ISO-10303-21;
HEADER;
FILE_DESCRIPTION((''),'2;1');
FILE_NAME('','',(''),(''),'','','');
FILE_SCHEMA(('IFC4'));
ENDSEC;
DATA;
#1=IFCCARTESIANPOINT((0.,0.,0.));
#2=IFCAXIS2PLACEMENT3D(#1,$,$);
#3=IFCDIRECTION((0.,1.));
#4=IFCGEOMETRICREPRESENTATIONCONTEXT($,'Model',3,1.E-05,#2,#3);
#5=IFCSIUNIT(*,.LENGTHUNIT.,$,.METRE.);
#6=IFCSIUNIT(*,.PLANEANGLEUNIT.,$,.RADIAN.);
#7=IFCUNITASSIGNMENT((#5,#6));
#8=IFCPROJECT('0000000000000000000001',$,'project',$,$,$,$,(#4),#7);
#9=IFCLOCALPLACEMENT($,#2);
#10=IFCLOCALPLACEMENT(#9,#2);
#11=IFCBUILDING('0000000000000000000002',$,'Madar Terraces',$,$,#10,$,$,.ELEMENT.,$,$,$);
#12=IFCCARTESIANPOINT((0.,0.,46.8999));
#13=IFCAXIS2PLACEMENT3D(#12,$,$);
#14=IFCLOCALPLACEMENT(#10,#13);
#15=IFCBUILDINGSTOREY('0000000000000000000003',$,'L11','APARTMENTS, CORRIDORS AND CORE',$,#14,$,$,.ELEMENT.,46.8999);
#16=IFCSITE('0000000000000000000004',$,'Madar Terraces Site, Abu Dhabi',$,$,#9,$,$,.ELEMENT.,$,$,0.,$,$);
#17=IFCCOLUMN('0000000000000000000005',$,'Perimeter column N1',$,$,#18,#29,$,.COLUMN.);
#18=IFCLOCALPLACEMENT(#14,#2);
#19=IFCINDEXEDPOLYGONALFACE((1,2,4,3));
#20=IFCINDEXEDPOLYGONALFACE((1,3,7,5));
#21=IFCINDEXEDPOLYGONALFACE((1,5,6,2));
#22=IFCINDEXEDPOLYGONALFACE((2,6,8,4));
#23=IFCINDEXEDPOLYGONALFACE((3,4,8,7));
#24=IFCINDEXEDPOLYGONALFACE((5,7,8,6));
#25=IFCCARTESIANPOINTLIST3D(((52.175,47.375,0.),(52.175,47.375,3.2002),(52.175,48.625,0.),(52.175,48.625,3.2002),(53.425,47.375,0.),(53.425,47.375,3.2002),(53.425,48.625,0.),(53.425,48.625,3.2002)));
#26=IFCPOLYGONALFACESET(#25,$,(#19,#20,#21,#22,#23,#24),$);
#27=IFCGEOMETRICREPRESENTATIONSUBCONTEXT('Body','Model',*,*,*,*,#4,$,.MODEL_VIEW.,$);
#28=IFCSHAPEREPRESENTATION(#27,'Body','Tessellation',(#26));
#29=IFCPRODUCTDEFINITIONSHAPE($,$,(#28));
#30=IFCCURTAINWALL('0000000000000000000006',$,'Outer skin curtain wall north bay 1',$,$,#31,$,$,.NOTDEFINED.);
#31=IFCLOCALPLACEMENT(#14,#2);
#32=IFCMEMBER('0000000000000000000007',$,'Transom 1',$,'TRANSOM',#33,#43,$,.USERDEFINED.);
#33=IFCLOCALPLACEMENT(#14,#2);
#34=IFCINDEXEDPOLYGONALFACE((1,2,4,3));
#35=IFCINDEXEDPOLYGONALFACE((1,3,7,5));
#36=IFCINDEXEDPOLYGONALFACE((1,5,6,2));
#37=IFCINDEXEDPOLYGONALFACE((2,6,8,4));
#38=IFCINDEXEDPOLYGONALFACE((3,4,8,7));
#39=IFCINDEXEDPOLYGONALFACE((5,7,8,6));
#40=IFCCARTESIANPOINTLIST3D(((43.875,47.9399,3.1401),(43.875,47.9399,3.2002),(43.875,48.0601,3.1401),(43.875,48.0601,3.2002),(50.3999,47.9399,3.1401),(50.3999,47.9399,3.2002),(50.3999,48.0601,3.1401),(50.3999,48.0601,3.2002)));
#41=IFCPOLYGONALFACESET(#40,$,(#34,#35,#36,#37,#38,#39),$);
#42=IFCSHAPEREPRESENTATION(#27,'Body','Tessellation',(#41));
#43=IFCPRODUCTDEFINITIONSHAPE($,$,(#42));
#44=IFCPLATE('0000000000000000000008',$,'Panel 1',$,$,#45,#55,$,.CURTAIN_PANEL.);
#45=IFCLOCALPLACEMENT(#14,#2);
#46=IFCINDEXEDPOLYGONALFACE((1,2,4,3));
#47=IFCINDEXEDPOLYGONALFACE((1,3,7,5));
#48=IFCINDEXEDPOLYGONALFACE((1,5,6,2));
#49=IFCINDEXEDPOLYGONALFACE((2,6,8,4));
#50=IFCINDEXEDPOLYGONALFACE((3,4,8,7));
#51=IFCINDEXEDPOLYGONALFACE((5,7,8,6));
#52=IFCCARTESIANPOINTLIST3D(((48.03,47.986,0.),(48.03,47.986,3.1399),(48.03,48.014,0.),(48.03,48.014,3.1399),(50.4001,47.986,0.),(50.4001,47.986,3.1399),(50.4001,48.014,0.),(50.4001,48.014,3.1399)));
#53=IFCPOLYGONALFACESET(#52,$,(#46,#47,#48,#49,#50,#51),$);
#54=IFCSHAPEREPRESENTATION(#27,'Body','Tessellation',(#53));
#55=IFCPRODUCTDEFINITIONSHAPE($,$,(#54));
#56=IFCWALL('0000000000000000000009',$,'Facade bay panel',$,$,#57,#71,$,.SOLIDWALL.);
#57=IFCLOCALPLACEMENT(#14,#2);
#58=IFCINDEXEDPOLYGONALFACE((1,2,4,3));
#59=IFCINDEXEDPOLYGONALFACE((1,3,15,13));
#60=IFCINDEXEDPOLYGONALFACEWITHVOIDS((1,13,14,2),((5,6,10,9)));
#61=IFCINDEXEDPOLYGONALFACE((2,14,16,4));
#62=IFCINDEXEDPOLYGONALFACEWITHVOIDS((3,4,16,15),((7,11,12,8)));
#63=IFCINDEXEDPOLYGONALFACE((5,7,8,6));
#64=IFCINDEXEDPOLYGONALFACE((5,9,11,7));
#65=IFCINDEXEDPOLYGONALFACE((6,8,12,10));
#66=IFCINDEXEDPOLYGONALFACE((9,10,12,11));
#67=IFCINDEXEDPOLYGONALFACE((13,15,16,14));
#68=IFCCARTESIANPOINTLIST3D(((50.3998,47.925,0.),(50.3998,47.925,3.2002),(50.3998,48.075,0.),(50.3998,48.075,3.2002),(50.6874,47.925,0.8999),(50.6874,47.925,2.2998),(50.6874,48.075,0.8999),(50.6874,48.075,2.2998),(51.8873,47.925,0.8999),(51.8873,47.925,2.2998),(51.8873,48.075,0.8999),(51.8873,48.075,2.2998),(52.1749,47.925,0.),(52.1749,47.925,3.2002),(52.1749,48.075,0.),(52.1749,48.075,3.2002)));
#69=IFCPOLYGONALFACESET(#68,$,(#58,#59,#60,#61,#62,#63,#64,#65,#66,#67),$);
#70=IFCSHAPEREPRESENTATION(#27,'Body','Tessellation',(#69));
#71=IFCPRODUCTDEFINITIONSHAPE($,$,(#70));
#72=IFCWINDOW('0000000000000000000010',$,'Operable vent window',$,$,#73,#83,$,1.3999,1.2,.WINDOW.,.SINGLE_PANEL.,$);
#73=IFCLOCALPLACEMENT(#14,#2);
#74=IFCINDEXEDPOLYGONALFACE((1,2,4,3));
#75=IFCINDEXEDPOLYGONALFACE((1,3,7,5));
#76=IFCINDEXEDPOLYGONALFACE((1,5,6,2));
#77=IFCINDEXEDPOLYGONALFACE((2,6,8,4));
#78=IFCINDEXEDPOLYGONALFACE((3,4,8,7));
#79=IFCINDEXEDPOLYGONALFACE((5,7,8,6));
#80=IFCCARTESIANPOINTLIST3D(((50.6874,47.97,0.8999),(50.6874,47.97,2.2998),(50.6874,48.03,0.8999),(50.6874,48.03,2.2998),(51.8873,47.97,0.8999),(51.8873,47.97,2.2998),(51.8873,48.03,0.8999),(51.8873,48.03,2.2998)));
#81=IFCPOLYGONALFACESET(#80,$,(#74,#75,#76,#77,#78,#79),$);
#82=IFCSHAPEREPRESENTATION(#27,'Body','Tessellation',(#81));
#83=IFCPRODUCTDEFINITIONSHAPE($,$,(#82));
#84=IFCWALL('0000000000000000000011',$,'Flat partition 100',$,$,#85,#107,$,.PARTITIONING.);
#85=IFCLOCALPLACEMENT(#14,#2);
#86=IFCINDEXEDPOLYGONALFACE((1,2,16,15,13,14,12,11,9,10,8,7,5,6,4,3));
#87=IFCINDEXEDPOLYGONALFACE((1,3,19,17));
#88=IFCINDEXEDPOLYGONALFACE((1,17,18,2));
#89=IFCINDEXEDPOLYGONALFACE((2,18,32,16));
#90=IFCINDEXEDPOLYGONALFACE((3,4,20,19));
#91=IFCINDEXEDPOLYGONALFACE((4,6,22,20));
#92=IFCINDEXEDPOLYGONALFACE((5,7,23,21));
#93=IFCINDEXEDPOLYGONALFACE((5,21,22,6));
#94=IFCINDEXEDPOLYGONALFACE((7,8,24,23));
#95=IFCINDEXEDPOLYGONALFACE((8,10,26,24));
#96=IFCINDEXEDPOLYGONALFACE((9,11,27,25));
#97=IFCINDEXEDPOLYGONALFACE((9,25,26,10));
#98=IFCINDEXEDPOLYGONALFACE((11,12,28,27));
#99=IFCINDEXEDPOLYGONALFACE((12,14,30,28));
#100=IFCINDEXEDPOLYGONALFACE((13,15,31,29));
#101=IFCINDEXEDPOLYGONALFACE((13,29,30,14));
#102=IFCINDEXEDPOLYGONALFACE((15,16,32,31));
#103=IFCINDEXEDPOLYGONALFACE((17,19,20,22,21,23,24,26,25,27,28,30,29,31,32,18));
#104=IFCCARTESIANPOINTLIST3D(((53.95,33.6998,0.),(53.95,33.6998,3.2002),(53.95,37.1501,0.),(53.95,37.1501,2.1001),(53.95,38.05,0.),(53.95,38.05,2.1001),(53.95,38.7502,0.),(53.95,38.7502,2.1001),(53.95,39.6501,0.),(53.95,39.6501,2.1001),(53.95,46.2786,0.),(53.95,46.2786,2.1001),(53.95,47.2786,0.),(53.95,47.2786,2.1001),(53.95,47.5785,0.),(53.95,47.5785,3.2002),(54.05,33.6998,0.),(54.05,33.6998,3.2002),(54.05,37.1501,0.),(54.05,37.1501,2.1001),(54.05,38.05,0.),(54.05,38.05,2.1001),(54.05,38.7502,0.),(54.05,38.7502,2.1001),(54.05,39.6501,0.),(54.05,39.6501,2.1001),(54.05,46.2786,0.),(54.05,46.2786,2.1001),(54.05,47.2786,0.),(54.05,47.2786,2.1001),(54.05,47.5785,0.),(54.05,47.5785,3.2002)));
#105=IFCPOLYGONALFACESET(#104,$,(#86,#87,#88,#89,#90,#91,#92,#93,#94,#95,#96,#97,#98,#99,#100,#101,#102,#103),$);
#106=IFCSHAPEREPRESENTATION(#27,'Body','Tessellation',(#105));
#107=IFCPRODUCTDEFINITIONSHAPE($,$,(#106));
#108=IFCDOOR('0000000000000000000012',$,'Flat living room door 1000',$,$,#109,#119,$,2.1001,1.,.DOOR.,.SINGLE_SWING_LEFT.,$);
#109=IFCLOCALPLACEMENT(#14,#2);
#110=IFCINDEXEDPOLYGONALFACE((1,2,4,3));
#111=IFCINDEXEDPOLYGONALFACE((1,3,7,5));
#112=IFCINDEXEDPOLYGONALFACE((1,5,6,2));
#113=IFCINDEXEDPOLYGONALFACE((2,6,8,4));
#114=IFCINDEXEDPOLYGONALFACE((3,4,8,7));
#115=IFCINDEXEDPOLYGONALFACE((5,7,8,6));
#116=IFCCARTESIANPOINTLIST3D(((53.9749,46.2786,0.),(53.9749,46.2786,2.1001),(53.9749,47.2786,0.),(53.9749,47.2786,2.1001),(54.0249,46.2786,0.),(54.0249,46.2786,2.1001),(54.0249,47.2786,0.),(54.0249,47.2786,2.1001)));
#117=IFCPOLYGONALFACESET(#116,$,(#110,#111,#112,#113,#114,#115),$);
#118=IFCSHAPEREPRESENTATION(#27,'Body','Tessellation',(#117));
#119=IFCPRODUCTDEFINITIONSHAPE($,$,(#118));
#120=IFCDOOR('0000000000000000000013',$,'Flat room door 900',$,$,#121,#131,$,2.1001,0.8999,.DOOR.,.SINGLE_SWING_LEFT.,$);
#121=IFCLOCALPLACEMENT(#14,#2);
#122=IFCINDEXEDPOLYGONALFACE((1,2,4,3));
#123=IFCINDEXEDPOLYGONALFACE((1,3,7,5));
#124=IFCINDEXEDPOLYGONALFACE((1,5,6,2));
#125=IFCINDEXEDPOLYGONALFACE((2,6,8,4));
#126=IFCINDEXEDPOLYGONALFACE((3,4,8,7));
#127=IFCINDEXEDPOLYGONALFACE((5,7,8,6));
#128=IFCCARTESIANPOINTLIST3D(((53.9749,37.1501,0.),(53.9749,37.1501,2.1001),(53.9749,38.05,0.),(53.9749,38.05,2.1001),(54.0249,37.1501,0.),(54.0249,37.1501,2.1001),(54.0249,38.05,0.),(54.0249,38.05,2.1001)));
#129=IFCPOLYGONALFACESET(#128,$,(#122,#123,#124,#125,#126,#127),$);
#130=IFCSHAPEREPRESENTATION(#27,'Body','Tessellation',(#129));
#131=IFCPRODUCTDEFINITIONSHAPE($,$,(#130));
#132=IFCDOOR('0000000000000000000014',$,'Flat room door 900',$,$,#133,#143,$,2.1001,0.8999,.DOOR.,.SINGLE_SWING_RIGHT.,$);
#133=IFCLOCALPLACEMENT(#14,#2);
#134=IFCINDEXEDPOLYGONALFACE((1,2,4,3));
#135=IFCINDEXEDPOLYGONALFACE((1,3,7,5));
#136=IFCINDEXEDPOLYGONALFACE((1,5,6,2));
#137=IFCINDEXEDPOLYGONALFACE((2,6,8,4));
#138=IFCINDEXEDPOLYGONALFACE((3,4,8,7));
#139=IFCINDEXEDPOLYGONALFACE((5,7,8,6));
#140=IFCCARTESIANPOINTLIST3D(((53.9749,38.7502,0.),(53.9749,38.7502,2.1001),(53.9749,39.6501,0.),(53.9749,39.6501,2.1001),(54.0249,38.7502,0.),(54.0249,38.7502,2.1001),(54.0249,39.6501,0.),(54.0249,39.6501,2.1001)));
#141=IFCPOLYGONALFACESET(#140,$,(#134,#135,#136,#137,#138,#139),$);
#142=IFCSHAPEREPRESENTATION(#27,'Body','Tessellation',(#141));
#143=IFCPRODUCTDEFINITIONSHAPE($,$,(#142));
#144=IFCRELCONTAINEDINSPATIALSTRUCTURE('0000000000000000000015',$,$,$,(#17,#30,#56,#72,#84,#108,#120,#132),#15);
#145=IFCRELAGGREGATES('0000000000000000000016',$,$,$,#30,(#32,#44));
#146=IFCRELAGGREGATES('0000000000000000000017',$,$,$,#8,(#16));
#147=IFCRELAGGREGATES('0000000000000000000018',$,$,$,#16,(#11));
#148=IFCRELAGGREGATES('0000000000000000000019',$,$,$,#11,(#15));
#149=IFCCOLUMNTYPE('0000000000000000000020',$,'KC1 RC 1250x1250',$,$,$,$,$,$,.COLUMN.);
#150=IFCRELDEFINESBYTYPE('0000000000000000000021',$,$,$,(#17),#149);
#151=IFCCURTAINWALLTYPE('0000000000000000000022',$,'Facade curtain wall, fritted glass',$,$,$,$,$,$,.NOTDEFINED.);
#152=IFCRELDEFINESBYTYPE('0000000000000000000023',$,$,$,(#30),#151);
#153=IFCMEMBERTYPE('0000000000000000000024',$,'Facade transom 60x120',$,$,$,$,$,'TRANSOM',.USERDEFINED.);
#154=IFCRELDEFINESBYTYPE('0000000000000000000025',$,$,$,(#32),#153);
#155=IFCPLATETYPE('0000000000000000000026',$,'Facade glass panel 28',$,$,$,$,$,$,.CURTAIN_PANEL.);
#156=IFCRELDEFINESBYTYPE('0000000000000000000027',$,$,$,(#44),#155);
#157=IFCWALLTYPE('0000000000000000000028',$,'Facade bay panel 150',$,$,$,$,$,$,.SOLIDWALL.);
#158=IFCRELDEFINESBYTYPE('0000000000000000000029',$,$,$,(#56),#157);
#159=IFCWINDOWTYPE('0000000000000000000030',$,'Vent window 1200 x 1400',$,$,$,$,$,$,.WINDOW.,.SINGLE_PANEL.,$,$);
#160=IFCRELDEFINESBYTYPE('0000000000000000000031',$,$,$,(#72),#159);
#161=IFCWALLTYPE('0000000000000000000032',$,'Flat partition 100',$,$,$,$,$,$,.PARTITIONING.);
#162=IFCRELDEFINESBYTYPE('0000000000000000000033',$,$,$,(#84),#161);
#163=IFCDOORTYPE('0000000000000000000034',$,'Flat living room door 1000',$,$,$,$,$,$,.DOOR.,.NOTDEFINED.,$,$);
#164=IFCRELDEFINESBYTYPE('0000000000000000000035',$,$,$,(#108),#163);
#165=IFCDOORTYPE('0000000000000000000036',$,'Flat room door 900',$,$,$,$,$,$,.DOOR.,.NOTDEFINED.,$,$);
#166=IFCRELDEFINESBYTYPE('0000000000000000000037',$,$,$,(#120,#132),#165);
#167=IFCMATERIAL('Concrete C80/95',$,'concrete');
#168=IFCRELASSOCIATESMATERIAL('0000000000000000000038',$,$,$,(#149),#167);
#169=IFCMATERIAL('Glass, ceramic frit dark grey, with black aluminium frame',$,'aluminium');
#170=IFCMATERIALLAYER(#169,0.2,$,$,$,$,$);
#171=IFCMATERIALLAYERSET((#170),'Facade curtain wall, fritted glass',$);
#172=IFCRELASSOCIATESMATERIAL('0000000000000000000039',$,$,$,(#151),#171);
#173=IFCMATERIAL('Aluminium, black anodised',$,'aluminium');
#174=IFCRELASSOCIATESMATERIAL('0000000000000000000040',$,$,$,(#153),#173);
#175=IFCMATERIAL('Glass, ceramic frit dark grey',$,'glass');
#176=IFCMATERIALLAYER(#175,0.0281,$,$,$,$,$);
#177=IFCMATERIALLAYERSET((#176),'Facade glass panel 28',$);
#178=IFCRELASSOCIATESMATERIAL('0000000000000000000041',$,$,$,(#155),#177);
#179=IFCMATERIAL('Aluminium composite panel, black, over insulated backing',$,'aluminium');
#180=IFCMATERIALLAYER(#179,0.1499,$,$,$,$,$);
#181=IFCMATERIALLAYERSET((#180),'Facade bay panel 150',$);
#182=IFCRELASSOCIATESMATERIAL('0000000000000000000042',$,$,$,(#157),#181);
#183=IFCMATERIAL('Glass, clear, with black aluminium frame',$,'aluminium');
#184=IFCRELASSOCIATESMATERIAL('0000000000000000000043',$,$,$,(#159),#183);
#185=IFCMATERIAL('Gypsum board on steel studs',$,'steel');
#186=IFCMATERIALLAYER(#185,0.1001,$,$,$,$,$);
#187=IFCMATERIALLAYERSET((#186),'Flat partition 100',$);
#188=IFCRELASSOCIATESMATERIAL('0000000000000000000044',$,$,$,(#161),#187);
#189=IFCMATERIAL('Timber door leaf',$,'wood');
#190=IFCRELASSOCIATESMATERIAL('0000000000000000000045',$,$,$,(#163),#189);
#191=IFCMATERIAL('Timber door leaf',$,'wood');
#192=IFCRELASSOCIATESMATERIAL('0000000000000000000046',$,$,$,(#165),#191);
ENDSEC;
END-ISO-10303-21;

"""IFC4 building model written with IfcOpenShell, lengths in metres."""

from ifc_helpers import new_model, si_unit, direction, frame, frame_2d, origin, origin_2d, place, context, subcontext, project, spatial, rectangle, extrude, material, layer, layer_set, material_profile, profile_set, type_object, element, fill, aggregate, save


model = new_model("IFC4")

# Units and contexts
model_context = context("Model", 3, precision=1e-05, world=origin(), true_north=direction((0.0, 1.0)))
body_context = subcontext(model_context, "Body", "Model", "MODEL_VIEW")
ifc_project = project(units=[si_unit("LENGTHUNIT", "METRE"), si_unit("PLANEANGLEUNIT", "RADIAN")], contexts=[model_context])

# Site, building, storey
site_placement = place(None, origin())
site = spatial("IfcSite", under=ifc_project, at=site_placement, Name="Madar Terraces Site, Abu Dhabi", CompositionType="ELEMENT", RefElevation=0.0)
building_placement = place(site_placement, origin())
building = spatial("IfcBuilding", under=site, at=building_placement, Name="Madar Terraces", CompositionType="ELEMENT")
storey_placement = place(building_placement, frame((0.0, 0.0, 46.8999)))
storey = spatial("IfcBuildingStorey", under=building, at=storey_placement, Name="L11", Description="APARTMENTS, CORRIDORS AND CORE", CompositionType="ELEMENT", Elevation=46.8999)

# Column
ifc_material_1 = material(Name="Concrete C80/95", Category="concrete")
ifc_material_profile_1 = material_profile(ifc_material_1, rectangle(XDim=1.25, YDim=1.25, at=origin_2d()), Name="KC1 RC 1250x1250")
ifc_profile_set_1 = profile_set([ifc_material_profile_1], Name="Concrete C80/95")
column_type = type_object("IfcColumnType", Name="KC1 RC 1250x1250", PredefinedType="COLUMN", material=ifc_profile_set_1)
column_placement = place(storey_placement, frame((52.8, 48.0, 0.0), z_axis=(0.0, 0.0, 1.0), x_axis=(1.0, 0.0, 0.0)))
element("IfcColumn", 1, at=column_placement, inside=storey, type_object=column_type, Name="Perimeter column N1", PredefinedType="COLUMN", context=body_context, shape_type="SweptSolid", body=[
    extrude(rectangle(XDim=1.25, YDim=1.25, at=origin_2d()), origin(), (0.0, 0.0, 1.0), 3.2002),
])

# Curtain wall, member, plate
ifc_material_2 = material(Name="Glass, ceramic frit dark grey, with black aluminium frame", Category="aluminium")
ifc_layer_1 = layer(ifc_material_2, 0.2)
ifc_layer_set_1 = layer_set([ifc_layer_1], Name="Facade curtain wall, fritted glass")
curtain_wall_type = type_object("IfcCurtainWallType", Name="Facade curtain wall, fritted glass", PredefinedType="NOTDEFINED", material=ifc_layer_set_1)
curtain_wall_placement = place(storey_placement, origin())
curtain_wall = element("IfcCurtainWall", 2, at=curtain_wall_placement, inside=storey, type_object=curtain_wall_type, Name="Outer skin curtain wall north bay 1", PredefinedType="NOTDEFINED")
ifc_material_3 = material(Name="Aluminium, black anodised", Category="aluminium")
ifc_material_profile_2 = material_profile(ifc_material_3, rectangle(XDim=0.1201, YDim=0.0601, at=origin_2d()), Name="Facade transom 60x120")
ifc_profile_set_2 = profile_set([ifc_material_profile_2], Name="Aluminium, black anodised")
member_type = type_object("IfcMemberType", Name="Facade transom 60x120", ElementType="TRANSOM", PredefinedType="USERDEFINED", material=ifc_profile_set_2)
member_placement = place(storey_placement, frame((50.3999, 48.0, 3.1702), z_axis=(-1.0, 0.0, 0.0), x_axis=(0.0, -1.0, 0.0)))
member = element("IfcMember", 3, at=member_placement, type_object=member_type, Name="Transom 1", ObjectType="TRANSOM", PredefinedType="USERDEFINED", context=body_context, shape_type="SweptSolid", body=[
    extrude(rectangle(XDim=0.1201, YDim=0.0601, at=origin_2d()), origin(), (0.0, 0.0, 1.0), 6.5249),
])
ifc_material_4 = material(Name="Glass, ceramic frit dark grey", Category="glass")
ifc_layer_2 = layer(ifc_material_4, 0.0281)
ifc_layer_set_2 = layer_set([ifc_layer_2], Name="Facade glass panel 28")
plate_type = type_object("IfcPlateType", Name="Facade glass panel 28", PredefinedType="CURTAIN_PANEL", material=ifc_layer_set_2)
plate_placement = place(storey_placement, frame((49.2151, 48.0, 0.0), z_axis=(0.0, 0.0, 1.0), x_axis=(-1.0, 0.0, 0.0)))
plate = element("IfcPlate", 4, at=plate_placement, type_object=plate_type, Name="Panel 1", PredefinedType="CURTAIN_PANEL", context=body_context, shape_type="SweptSolid", body=[
    extrude(rectangle(XDim=2.3701, YDim=0.0281, at=origin_2d()), origin(), (0.0, 0.0, 1.0), 3.1399),
])
aggregate(curtain_wall, [member, plate])

# Wall, opening, window
ifc_material_5 = material(Name="Aluminium composite panel, black, over insulated backing", Category="aluminium")
ifc_layer_3 = layer(ifc_material_5, 0.1499)
ifc_layer_set_3 = layer_set([ifc_layer_3], Name="Facade bay panel 150")
wall_type_1 = type_object("IfcWallType", Name="Facade bay panel 150", PredefinedType="SOLIDWALL", material=ifc_layer_set_3)
wall_1_placement = place(storey_placement, frame((52.175, 48.0, 0.0), z_axis=(0.0, 0.0, 1.0), x_axis=(-1.0, 0.0, 0.0)))
wall_1 = element("IfcWall", 5, at=wall_1_placement, inside=storey, type_object=wall_type_1, Name="Facade bay panel", PredefinedType="SOLIDWALL", context=body_context, shape_type="SweptSolid", body=[
    extrude(rectangle(XDim=1.7751, YDim=0.1499, at=frame_2d((0.8877, 0.0))), origin(), (0.0, 0.0, 1.0), 3.2002),
])
opening_1_placement = place(wall_1_placement, frame((0.2876, 0.0, 0.8999)))
opening_1 = element("IfcOpeningElement", 6, at=opening_1_placement, cuts=wall_1, PredefinedType="OPENING", context=body_context, shape_type="SweptSolid", body=[
    extrude(rectangle(XDim=1.2, YDim=1.3999, at=frame_2d((0.6001, 0.7))), frame((0.0, 0.085, 0.0), z_axis=(0.0, -1.0, 0.0), x_axis=(1.0, 0.0, 0.0)), (0.0, 0.0, 1.0), 0.1699),
])
ifc_material_6 = material(Name="Glass, clear, with black aluminium frame", Category="aluminium")
window_type = type_object("IfcWindowType", Name="Vent window 1200 x 1400", PartitioningType="SINGLE_PANEL", PredefinedType="WINDOW", material=ifc_material_6)
window_placement = place(opening_1_placement, origin())
window = element("IfcWindow", 7, at=window_placement, inside=storey, type_object=window_type, Name="Operable vent window", OverallHeight=1.3999, OverallWidth=1.2, PartitioningType="SINGLE_PANEL", PredefinedType="WINDOW", context=body_context, shape_type="SweptSolid", body=[
    extrude(rectangle(XDim=1.2, YDim=1.3999, at=frame_2d((0.6001, 0.7))), frame((0.0, 0.03, 0.0), z_axis=(0.0, -1.0, 0.0), x_axis=(1.0, 0.0, 0.0)), (0.0, 0.0, 1.0), 0.0601),
])
fill(opening_1, window)

# Wall, openings, doors
ifc_material_7 = material(Name="Gypsum board on steel studs", Category="steel")
ifc_layer_4 = layer(ifc_material_7, 0.1001)
ifc_layer_set_4 = layer_set([ifc_layer_4], Name="Flat partition 100")
wall_type_2 = type_object("IfcWallType", Name="Flat partition 100", PredefinedType="PARTITIONING", material=ifc_layer_set_4)
wall_2_placement = place(storey_placement, frame((54.0, 47.5786, 0.0), z_axis=(0.0, 0.0, 1.0), x_axis=(0.0, -1.0, 0.0)))
wall_2 = element("IfcWall", 8, at=wall_2_placement, inside=storey, type_object=wall_type_2, Name="Flat partition 100", PredefinedType="PARTITIONING", context=body_context, shape_type="SweptSolid", body=[
    extrude(rectangle(XDim=13.8787, YDim=0.1001, at=frame_2d((6.9395, 0.0))), origin(), (0.0, 0.0, 1.0), 3.2002),
])
opening_2_placement = place(wall_2_placement, frame((9.5286, 0.0, 0.0)))
opening_2 = element("IfcOpeningElement", 9, at=opening_2_placement, cuts=wall_2, PredefinedType="OPENING", context=body_context, shape_type="SweptSolid", body=[
    extrude(rectangle(XDim=0.8999, YDim=2.1001, at=frame_2d((0.45, 1.05))), frame((0.0, 0.0601, 0.0), z_axis=(0.0, -1.0, 0.0), x_axis=(1.0, 0.0, 0.0)), (0.0, 0.0, 1.0), 0.1201),
])
opening_3_placement = place(wall_2_placement, frame((7.9285, 0.0, 0.0)))
opening_3 = element("IfcOpeningElement", 10, at=opening_3_placement, cuts=wall_2, PredefinedType="OPENING", context=body_context, shape_type="SweptSolid", body=[
    extrude(rectangle(XDim=0.8999, YDim=2.1001, at=frame_2d((0.45, 1.05))), frame((0.0, 0.0601, 0.0), z_axis=(0.0, -1.0, 0.0), x_axis=(1.0, 0.0, 0.0)), (0.0, 0.0, 1.0), 0.1201),
])
opening_4_placement = place(wall_2_placement, frame((0.3, 0.0, 0.0)))
opening_4 = element("IfcOpeningElement", 11, at=opening_4_placement, cuts=wall_2, PredefinedType="OPENING", context=body_context, shape_type="SweptSolid", body=[
    extrude(rectangle(XDim=1.0, YDim=2.1001, at=frame_2d((0.5, 1.05))), frame((0.0, 0.0601, 0.0), z_axis=(0.0, -1.0, 0.0), x_axis=(1.0, 0.0, 0.0)), (0.0, 0.0, 1.0), 0.1201),
])
ifc_material_8 = material(Name="Timber door leaf", Category="wood")
door_type_1 = type_object("IfcDoorType", Name="Flat living room door 1000", OperationType="NOTDEFINED", PredefinedType="DOOR", material=ifc_material_8)
door_1_placement = place(opening_4_placement, origin())
door_1 = element("IfcDoor", 12, at=door_1_placement, inside=storey, type_object=door_type_1, Name="Flat living room door 1000", OperationType="SINGLE_SWING_LEFT", OverallHeight=2.1001, OverallWidth=1.0, PredefinedType="DOOR", context=body_context, shape_type="SweptSolid", body=[
    extrude(rectangle(XDim=1.0, YDim=2.1001, at=frame_2d((0.5, 1.05))), frame((0.0, 0.0249, 0.0), z_axis=(0.0, -1.0, 0.0), x_axis=(1.0, 0.0, 0.0)), (0.0, 0.0, 1.0), 0.05),
])
fill(opening_4, door_1)
ifc_material_9 = material(Name="Timber door leaf", Category="wood")
door_type_2 = type_object("IfcDoorType", Name="Flat room door 900", OperationType="NOTDEFINED", PredefinedType="DOOR", material=ifc_material_9)
door_2_placement = place(opening_2_placement, origin())
door_2 = element("IfcDoor", 13, at=door_2_placement, inside=storey, type_object=door_type_2, Name="Flat room door 900", OperationType="SINGLE_SWING_LEFT", OverallHeight=2.1001, OverallWidth=0.8999, PredefinedType="DOOR", context=body_context, shape_type="SweptSolid", body=[
    extrude(rectangle(XDim=0.8999, YDim=2.1001, at=frame_2d((0.45, 1.05))), frame((0.0, 0.0249, 0.0), z_axis=(0.0, -1.0, 0.0), x_axis=(1.0, 0.0, 0.0)), (0.0, 0.0, 1.0), 0.05),
])
fill(opening_2, door_2)
door_3_placement = place(opening_3_placement, origin())
door_3 = element("IfcDoor", 14, at=door_3_placement, inside=storey, type_object=door_type_2, Name="Flat room door 900", OperationType="SINGLE_SWING_RIGHT", OverallHeight=2.1001, OverallWidth=0.8999, PredefinedType="DOOR", context=body_context, shape_type="SweptSolid", body=[
    extrude(rectangle(XDim=0.8999, YDim=2.1001, at=frame_2d((0.45, 1.05))), frame((0.0, 0.0249, 0.0), z_axis=(0.0, -1.0, 0.0), x_axis=(1.0, 0.0, 0.0)), (0.0, 0.0, 1.0), 0.05),
])
fill(opening_3, door_3)

save(model, "model.ifc")
